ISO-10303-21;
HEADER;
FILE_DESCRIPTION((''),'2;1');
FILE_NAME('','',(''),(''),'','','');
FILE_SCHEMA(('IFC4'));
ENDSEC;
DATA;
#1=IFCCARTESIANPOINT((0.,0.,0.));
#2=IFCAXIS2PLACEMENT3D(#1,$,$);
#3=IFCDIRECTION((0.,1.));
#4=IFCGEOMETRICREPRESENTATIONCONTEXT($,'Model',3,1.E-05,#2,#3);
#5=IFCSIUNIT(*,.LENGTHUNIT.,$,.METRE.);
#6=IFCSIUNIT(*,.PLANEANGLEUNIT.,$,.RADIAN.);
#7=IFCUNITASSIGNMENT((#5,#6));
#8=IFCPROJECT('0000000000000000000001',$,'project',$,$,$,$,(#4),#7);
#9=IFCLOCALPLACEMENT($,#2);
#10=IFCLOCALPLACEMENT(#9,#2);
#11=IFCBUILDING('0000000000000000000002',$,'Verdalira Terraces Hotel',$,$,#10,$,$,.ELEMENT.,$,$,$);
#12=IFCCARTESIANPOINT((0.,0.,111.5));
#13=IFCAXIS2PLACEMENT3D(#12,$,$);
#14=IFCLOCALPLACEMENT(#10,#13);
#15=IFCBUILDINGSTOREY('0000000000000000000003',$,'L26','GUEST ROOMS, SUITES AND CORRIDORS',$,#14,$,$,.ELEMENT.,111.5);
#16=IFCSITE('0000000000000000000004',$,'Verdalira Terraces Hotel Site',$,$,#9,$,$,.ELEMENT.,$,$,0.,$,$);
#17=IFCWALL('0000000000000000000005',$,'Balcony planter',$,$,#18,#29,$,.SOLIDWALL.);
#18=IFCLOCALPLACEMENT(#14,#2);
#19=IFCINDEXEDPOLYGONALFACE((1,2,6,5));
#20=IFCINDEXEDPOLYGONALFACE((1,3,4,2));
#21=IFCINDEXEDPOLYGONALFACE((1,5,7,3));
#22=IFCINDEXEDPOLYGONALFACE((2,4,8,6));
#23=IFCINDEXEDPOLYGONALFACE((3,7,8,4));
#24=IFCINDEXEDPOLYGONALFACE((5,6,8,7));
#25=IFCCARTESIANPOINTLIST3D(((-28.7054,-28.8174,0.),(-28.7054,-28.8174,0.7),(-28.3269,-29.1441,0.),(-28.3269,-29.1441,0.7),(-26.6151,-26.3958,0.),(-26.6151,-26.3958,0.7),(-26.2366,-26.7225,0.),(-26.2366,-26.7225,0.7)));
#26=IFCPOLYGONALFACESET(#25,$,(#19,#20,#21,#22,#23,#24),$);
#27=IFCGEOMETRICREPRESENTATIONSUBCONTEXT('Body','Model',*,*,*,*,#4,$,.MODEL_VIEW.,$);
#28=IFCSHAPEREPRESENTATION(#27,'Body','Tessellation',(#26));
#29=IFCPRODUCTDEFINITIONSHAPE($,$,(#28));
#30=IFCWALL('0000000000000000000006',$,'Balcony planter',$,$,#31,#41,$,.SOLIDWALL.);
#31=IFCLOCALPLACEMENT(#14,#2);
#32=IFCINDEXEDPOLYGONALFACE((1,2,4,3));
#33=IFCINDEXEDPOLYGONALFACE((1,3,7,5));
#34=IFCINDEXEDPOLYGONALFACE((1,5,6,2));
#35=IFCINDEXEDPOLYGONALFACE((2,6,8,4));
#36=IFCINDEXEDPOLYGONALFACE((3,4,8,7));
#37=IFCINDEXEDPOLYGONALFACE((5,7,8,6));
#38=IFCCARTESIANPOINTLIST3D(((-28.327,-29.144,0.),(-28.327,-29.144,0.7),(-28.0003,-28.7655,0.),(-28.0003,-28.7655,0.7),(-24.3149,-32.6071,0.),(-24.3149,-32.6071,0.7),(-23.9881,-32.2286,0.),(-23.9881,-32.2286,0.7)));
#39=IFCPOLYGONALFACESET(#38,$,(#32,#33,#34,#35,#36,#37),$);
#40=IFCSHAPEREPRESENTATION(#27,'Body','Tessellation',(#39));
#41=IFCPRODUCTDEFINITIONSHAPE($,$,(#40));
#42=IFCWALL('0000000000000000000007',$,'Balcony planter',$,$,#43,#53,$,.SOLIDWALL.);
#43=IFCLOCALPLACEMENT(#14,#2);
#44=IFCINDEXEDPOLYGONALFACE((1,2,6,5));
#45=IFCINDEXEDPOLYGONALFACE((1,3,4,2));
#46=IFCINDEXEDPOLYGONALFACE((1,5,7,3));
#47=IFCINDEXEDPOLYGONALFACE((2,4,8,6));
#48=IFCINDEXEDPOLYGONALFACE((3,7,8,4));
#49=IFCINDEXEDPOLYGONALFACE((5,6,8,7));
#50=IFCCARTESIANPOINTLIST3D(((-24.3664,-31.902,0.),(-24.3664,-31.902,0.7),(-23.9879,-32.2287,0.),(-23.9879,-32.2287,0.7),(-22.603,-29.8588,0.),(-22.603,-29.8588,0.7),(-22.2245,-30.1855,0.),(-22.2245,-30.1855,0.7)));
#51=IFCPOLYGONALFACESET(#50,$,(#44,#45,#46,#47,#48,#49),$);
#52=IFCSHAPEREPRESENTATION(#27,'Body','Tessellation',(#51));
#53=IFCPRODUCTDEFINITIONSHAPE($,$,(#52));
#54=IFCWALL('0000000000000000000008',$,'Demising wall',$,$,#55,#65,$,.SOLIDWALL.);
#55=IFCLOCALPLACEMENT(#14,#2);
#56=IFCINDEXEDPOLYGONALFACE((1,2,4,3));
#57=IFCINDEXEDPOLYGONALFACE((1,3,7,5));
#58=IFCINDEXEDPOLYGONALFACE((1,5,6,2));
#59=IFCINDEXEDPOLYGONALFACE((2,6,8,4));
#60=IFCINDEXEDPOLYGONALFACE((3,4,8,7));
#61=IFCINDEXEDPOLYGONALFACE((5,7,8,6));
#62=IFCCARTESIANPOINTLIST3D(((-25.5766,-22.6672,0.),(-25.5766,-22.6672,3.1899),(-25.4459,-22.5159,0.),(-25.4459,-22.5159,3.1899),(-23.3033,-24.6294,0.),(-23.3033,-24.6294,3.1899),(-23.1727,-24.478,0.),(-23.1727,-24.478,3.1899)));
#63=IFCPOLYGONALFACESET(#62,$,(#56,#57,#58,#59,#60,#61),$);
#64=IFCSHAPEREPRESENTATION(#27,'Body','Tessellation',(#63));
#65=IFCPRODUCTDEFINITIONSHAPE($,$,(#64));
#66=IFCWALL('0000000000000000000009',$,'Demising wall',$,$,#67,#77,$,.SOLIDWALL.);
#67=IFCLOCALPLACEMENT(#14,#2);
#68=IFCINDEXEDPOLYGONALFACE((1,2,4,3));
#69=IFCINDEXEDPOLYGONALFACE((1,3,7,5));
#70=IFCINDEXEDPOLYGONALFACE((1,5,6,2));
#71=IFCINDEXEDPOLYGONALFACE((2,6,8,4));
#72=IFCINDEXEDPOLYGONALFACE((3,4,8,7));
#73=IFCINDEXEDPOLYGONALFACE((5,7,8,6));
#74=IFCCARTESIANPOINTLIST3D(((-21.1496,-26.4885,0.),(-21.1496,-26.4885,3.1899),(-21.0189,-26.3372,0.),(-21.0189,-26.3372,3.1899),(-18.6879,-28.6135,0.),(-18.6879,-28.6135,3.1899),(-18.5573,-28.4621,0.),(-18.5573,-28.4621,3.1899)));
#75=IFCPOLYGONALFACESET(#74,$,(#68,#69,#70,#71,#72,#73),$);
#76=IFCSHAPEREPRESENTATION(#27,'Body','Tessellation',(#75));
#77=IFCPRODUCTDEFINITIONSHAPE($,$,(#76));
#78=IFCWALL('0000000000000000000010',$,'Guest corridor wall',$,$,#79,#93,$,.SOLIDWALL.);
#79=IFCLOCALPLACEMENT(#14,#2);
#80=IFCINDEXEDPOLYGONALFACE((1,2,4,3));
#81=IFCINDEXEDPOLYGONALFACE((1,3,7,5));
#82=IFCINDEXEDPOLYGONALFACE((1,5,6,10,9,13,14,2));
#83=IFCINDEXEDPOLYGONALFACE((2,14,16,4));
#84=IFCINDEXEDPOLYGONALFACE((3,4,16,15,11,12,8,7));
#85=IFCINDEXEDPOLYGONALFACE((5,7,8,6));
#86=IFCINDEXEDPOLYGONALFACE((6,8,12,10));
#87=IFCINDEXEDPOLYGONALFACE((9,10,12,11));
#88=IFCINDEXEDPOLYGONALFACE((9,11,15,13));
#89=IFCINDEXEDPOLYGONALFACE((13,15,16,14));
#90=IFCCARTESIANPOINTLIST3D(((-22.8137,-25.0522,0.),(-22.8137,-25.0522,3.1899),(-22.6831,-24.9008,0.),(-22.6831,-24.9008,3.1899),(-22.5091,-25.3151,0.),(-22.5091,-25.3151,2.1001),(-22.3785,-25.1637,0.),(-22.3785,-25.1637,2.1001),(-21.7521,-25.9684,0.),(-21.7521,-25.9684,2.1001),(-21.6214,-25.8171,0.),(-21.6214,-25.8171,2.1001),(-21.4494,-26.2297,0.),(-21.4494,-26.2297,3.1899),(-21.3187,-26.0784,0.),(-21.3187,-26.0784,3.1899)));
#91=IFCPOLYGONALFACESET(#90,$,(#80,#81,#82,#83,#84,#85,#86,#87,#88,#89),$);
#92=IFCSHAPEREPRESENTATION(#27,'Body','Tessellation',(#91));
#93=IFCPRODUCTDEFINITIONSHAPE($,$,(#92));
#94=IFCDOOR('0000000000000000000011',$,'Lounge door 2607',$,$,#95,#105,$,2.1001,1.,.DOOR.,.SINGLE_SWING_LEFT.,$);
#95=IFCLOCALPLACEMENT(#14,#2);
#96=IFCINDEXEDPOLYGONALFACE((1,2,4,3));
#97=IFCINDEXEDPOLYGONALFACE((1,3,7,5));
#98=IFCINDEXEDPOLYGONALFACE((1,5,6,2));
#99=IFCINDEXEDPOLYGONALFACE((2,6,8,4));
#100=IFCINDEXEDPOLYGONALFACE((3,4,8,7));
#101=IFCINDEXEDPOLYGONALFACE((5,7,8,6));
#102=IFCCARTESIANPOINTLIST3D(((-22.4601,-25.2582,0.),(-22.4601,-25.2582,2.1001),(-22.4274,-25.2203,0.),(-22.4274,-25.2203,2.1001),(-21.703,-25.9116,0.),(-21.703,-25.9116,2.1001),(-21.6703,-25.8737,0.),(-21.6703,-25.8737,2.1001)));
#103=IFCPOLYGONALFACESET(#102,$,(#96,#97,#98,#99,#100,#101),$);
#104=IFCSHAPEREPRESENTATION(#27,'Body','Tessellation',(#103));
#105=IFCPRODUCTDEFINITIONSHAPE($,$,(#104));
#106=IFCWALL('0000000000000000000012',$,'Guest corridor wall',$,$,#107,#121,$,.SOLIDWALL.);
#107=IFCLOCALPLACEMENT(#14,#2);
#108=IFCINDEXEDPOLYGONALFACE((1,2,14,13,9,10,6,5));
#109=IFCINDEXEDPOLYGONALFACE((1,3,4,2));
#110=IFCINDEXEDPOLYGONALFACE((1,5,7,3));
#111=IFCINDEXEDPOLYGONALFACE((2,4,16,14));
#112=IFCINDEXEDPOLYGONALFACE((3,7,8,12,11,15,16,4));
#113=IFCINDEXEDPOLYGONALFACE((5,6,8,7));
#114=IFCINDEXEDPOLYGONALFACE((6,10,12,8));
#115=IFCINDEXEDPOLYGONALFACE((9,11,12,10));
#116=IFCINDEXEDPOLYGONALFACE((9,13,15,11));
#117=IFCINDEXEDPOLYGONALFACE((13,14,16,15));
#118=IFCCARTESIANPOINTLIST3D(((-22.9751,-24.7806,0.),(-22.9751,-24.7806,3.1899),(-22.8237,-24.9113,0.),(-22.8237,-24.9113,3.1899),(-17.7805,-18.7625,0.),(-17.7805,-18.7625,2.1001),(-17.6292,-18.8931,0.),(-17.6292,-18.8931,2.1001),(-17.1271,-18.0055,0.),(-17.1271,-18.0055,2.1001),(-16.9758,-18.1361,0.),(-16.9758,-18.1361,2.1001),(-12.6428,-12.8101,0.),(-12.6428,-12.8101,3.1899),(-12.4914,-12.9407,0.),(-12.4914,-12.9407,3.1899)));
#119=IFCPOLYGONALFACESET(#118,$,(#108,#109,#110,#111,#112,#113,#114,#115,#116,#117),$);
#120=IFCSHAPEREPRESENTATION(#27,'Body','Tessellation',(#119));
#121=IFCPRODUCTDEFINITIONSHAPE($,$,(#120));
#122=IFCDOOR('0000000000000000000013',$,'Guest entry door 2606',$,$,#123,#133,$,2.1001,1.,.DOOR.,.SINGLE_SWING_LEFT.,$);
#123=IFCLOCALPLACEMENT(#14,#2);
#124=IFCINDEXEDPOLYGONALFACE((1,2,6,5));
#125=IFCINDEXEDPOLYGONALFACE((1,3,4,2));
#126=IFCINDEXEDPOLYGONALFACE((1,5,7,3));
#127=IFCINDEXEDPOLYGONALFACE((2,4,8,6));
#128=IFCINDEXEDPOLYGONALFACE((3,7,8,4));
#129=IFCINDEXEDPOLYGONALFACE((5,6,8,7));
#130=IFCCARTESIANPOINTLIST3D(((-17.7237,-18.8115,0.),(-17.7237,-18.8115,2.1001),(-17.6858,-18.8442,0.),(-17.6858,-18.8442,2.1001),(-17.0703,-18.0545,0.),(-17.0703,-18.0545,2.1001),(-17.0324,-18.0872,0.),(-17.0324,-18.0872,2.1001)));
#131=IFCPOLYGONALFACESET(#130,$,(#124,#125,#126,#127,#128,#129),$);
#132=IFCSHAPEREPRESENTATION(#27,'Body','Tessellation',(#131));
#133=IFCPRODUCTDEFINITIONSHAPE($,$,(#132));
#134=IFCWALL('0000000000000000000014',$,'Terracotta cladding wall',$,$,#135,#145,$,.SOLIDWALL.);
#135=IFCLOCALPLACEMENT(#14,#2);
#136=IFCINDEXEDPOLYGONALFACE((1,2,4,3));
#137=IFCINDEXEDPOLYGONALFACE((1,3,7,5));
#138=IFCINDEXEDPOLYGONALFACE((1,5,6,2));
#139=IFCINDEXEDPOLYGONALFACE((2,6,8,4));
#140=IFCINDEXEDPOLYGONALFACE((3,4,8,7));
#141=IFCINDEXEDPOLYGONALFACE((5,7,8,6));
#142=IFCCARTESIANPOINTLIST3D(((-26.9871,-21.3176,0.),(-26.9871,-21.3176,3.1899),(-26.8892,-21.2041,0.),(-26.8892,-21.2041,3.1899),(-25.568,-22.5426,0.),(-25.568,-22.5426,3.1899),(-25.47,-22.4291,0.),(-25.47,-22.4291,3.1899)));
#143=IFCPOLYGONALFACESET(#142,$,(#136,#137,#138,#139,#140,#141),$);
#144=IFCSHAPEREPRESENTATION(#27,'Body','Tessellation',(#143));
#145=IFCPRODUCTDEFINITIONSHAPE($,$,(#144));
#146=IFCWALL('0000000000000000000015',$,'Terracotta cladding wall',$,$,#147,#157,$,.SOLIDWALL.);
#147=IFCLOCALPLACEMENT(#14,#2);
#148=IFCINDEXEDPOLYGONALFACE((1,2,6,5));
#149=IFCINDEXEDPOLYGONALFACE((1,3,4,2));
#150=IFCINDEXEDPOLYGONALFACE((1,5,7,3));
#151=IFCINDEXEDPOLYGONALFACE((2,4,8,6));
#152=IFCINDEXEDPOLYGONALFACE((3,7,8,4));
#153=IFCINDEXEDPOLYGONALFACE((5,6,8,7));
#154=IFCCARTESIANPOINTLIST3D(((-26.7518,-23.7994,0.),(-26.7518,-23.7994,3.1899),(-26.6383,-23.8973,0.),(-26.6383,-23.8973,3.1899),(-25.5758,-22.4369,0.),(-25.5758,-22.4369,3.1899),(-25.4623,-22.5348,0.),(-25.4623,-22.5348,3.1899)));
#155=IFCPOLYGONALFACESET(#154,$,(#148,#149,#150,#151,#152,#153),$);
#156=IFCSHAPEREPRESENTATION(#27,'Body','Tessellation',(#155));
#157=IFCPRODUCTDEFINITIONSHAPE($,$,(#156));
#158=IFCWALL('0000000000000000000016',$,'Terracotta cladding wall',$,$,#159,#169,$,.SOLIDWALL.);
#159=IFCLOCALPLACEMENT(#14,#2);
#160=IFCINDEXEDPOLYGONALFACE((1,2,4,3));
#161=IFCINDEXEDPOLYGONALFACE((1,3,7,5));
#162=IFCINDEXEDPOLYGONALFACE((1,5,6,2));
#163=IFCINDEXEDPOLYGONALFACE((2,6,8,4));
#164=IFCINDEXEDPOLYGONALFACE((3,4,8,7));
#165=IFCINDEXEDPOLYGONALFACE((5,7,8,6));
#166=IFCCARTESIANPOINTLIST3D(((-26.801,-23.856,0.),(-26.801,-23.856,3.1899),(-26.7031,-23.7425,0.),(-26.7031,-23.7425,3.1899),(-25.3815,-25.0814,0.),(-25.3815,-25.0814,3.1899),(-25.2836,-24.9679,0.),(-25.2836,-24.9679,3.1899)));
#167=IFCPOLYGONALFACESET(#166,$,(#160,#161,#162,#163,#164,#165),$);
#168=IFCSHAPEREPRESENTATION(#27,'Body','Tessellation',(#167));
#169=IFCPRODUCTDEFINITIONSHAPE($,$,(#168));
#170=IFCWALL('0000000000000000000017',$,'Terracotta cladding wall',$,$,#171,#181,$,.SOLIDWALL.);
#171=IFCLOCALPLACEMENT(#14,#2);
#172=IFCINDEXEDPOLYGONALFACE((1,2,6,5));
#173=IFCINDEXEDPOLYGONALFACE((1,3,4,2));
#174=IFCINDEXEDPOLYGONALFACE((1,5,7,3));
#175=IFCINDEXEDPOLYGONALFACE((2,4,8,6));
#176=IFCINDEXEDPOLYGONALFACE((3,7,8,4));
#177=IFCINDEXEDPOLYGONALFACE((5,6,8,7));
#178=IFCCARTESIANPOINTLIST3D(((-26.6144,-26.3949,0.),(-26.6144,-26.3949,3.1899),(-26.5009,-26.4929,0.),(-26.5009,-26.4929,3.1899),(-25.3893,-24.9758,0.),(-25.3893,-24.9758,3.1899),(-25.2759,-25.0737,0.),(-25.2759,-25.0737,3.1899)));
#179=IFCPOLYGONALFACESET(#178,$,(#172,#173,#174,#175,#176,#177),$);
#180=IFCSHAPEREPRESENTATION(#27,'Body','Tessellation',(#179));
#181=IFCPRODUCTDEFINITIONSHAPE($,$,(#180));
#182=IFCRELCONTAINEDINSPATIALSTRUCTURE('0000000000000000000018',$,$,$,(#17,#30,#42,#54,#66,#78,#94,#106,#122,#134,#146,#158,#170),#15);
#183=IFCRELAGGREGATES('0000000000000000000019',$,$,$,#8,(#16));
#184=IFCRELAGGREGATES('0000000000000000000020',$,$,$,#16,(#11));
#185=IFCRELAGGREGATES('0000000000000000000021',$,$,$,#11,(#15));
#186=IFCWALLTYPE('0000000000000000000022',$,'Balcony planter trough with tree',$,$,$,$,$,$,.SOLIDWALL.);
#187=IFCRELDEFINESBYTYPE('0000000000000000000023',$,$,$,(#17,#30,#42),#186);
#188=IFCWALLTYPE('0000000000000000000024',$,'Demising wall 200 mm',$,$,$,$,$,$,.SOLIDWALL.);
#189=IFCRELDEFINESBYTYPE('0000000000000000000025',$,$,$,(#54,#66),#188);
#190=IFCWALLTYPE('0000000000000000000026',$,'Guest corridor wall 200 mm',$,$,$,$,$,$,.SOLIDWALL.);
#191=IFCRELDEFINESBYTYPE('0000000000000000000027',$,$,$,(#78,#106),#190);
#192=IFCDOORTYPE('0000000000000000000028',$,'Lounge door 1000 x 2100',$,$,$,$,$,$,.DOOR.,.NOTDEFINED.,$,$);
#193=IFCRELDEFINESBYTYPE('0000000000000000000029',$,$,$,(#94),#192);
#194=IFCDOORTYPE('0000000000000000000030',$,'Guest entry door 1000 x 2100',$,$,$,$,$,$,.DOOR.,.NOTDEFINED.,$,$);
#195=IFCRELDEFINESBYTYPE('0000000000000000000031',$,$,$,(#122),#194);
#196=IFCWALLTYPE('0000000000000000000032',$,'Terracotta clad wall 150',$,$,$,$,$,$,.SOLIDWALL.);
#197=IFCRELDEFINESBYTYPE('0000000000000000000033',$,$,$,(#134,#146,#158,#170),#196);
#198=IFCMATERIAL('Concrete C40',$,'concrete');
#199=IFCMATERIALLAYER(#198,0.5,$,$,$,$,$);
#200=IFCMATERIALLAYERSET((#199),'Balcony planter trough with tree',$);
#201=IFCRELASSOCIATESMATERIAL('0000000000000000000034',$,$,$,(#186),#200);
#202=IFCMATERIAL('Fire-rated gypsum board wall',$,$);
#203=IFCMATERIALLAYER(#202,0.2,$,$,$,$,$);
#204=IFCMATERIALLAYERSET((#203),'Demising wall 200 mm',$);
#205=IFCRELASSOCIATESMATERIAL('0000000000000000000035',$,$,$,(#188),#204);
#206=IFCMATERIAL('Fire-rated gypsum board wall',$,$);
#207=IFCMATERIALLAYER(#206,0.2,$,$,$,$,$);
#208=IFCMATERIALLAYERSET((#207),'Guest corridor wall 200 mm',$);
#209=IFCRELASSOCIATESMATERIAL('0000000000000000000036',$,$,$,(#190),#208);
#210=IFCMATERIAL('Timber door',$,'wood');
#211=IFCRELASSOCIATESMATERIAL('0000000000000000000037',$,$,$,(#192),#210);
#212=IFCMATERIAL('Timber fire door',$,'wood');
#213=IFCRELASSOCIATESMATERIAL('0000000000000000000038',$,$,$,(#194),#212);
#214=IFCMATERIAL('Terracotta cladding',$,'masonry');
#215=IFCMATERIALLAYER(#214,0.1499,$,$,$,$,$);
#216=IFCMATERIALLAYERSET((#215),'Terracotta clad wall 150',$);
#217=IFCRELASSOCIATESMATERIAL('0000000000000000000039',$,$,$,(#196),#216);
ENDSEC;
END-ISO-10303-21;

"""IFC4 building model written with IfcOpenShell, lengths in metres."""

from ifc_helpers import new_model, si_unit, direction, frame, frame_2d, origin, place, context, subcontext, project, spatial, rectangle, extrude, material, layer, layer_set, type_object, element, fill, save


model = new_model("IFC4")

# Units and contexts
model_context = context("Model", 3, precision=1e-05, world=origin(), true_north=direction((0.0, 1.0)))
body_context = subcontext(model_context, "Body", "Model", "MODEL_VIEW")
ifc_project = project(units=[si_unit("LENGTHUNIT", "METRE"), si_unit("PLANEANGLEUNIT", "RADIAN")], contexts=[model_context])

# Site, building, storey
site_placement = place(None, origin())
site = spatial("IfcSite", under=ifc_project, at=site_placement, Name="Verdalira Terraces Hotel Site", CompositionType="ELEMENT", RefElevation=0.0)
building_placement = place(site_placement, origin())
building = spatial("IfcBuilding", under=site, at=building_placement, Name="Verdalira Terraces Hotel", CompositionType="ELEMENT")
storey_placement = place(building_placement, frame((0.0, 0.0, 111.5)))
storey = spatial("IfcBuildingStorey", under=building, at=storey_placement, Name="L26", Description="GUEST ROOMS, SUITES AND CORRIDORS", CompositionType="ELEMENT", Elevation=111.5)

# Walls
ifc_material_1 = material(Name="Concrete C40", Category="concrete")
ifc_layer_1 = layer(ifc_material_1, 0.5)
ifc_layer_set_1 = layer_set([ifc_layer_1], Name="Balcony planter trough with tree")
wall_type_1 = type_object("IfcWallType", Name="Balcony planter trough with tree", PredefinedType="SOLIDWALL", material=ifc_layer_set_1)
wall_1_placement = place(storey_placement, frame((-26.4258, -26.5591, 0.0), z_axis=(0.0, 0.0, 1.0), x_axis=(-0.653427, -0.756989, 0.0)))
element("IfcWall", 1, at=wall_1_placement, inside=storey, type_object=wall_type_1, Name="Balcony planter", PredefinedType="SOLIDWALL", context=body_context, shape_type="SweptSolid", body=[
    extrude(rectangle(XDim=3.199, YDim=0.5, at=frame_2d((1.5996, 0.0))), origin(), (0.0, 0.0, 1.0), 0.7),
])
wall_2_placement = place(storey_placement, frame((-28.1636, -28.9548, 0.0), z_axis=(0.0, 0.0, 1.0), x_axis=(0.757005, -0.653409, 0.0)))
element("IfcWall", 2, at=wall_2_placement, inside=storey, type_object=wall_type_1, Name="Balcony planter", PredefinedType="SOLIDWALL", context=body_context, shape_type="SweptSolid", body=[
    extrude(rectangle(XDim=5.3, YDim=0.5, at=frame_2d((2.6499, 0.0))), origin(), (0.0, 0.0, 1.0), 0.7),
])
wall_3_placement = place(storey_placement, frame((-24.1772, -32.0654, 0.0), z_axis=(0.0, 0.0, 1.0), x_axis=(0.653373, 0.757037, 0.0)))
element("IfcWall", 3, at=wall_3_placement, inside=storey, type_object=wall_type_1, Name="Balcony planter", PredefinedType="SOLIDWALL", context=body_context, shape_type="SweptSolid", body=[
    extrude(rectangle(XDim=2.699, YDim=0.5, at=frame_2d((1.3496, 0.0))), origin(), (0.0, 0.0, 1.0), 0.7),
])
ifc_material_2 = material(Name="Fire-rated gypsum board wall")
ifc_layer_2 = layer(ifc_material_2, 0.2)
ifc_layer_set_2 = layer_set([ifc_layer_2], Name="Demising wall 200 mm")
wall_type_2 = type_object("IfcWallType", Name="Demising wall 200 mm", PredefinedType="SOLIDWALL", material=ifc_layer_set_2)
wall_4_placement = place(storey_placement, frame((-25.5112, -22.5916, 0.0), z_axis=(0.0, 0.0, 1.0), x_axis=(0.756997, -0.653419, 0.0)))
element("IfcWall", 4, at=wall_4_placement, inside=storey, type_object=wall_type_2, Name="Demising wall", PredefinedType="SOLIDWALL", context=body_context, shape_type="SweptSolid", body=[
    extrude(rectangle(XDim=3.0029, YDim=0.2, at=frame_2d((1.5015, 0.0))), origin(), (0.0, 0.0, 1.0), 3.1899),
])
wall_5_placement = place(storey_placement, frame((-21.0842, -26.4128, 0.0), z_axis=(0.0, 0.0, 1.0), x_axis=(0.756973, -0.653446, 0.0)))
element("IfcWall", 5, at=wall_5_placement, inside=storey, type_object=wall_type_2, Name="Demising wall", PredefinedType="SOLIDWALL", context=body_context, shape_type="SweptSolid", body=[
    extrude(rectangle(XDim=3.252, YDim=0.2, at=frame_2d((1.626, 0.0))), origin(), (0.0, 0.0, 1.0), 3.1899),
])

# Walls, openings, doors
ifc_material_3 = material(Name="Fire-rated gypsum board wall")
ifc_layer_3 = layer(ifc_material_3, 0.2)
ifc_layer_set_3 = layer_set([ifc_layer_3], Name="Guest corridor wall 200 mm")
wall_type_3 = type_object("IfcWallType", Name="Guest corridor wall 200 mm", PredefinedType="SOLIDWALL", material=ifc_layer_set_3)
wall_6_placement = place(storey_placement, frame((-21.384, -26.1541, 0.0), z_axis=(0.0, 0.0, 1.0), x_axis=(-0.757024, 0.653387, 0.0)))
wall_6 = element("IfcWall", 6, at=wall_6_placement, inside=storey, type_object=wall_type_3, Name="Guest corridor wall", PredefinedType="SOLIDWALL", context=body_context, shape_type="SweptSolid", body=[
    extrude(rectangle(XDim=1.8022, YDim=0.2, at=frame_2d((0.9011, 0.0))), origin(), (0.0, 0.0, 1.0), 3.1899),
])
opening_1_placement = place(wall_6_placement, frame((0.3999, 0.0, 0.0)))
opening_1 = element("IfcOpeningElement", 7, at=opening_1_placement, cuts=wall_6, PredefinedType="OPENING", context=body_context, shape_type="SweptSolid", body=[
    extrude(rectangle(XDim=1.0, YDim=2.1001, at=frame_2d((0.5, 1.05))), frame((0.0, 0.1099, 0.0), z_axis=(0.0, -1.0, 0.0), x_axis=(1.0, 0.0, 0.0)), (0.0, 0.0, 1.0), 0.22),
])
ifc_material_4 = material(Name="Timber door", Category="wood")
door_type_1 = type_object("IfcDoorType", Name="Lounge door 1000 x 2100", OperationType="NOTDEFINED", PredefinedType="DOOR", material=ifc_material_4)
door_1_placement = place(opening_1_placement, origin())
door_1 = element("IfcDoor", 8, at=door_1_placement, inside=storey, type_object=door_type_1, Name="Lounge door 2607", OperationType="SINGLE_SWING_LEFT", OverallHeight=2.1001, OverallWidth=1.0, PredefinedType="DOOR", context=body_context, shape_type="SweptSolid", body=[
    extrude(rectangle(XDim=1.0, YDim=2.1001, at=frame_2d((0.5, 1.05))), frame((0.0, 0.0249, 0.0), z_axis=(0.0, -1.0, 0.0), x_axis=(1.0, 0.0, 0.0)), (0.0, 0.0, 1.0), 0.05),
])
fill(opening_1, door_1)
wall_7_placement = place(storey_placement, frame((-22.8994, -24.8459, 0.0), z_axis=(0.0, 0.0, 1.0), x_axis=(0.653408, 0.757006, 0.0)))
wall_7 = element("IfcWall", 9, at=wall_7_placement, inside=storey, type_object=wall_type_3, Name="Guest corridor wall", PredefinedType="SOLIDWALL", context=body_context, shape_type="SweptSolid", body=[
    extrude(rectangle(XDim=15.813, YDim=0.2, at=frame_2d((7.9065, 0.0))), origin(), (0.0, 0.0, 1.0), 3.1899),
])
opening_2_placement = place(wall_7_placement, frame((7.95, 0.0, 0.0)))
opening_2 = element("IfcOpeningElement", 10, at=opening_2_placement, cuts=wall_7, PredefinedType="OPENING", context=body_context, shape_type="SweptSolid", body=[
    extrude(rectangle(XDim=1.0, YDim=2.1001, at=frame_2d((0.5, 1.05))), frame((0.0, 0.1099, 0.0), z_axis=(0.0, -1.0, 0.0), x_axis=(1.0, 0.0, 0.0)), (0.0, 0.0, 1.0), 0.22),
])
ifc_material_5 = material(Name="Timber fire door", Category="wood")
door_type_2 = type_object("IfcDoorType", Name="Guest entry door 1000 x 2100", OperationType="NOTDEFINED", PredefinedType="DOOR", material=ifc_material_5)
door_2_placement = place(opening_2_placement, origin())
door_2 = element("IfcDoor", 11, at=door_2_placement, inside=storey, type_object=door_type_2, Name="Guest entry door 2606", OperationType="SINGLE_SWING_LEFT", OverallHeight=2.1001, OverallWidth=1.0, PredefinedType="DOOR", context=body_context, shape_type="SweptSolid", body=[
    extrude(rectangle(XDim=1.0, YDim=2.1001, at=frame_2d((0.5, 1.05))), frame((0.0, 0.0249, 0.0), z_axis=(0.0, -1.0, 0.0), x_axis=(1.0, 0.0, 0.0)), (0.0, 0.0, 1.0), 0.05),
])
fill(opening_2, door_2)

# Walls
ifc_material_6 = material(Name="Terracotta cladding", Category="masonry")
ifc_layer_4 = layer(ifc_material_6, 0.1499)
ifc_layer_set_4 = layer_set([ifc_layer_4], Name="Terracotta clad wall 150")
wall_type_4 = type_object("IfcWallType", Name="Terracotta clad wall 150", PredefinedType="SOLIDWALL", material=ifc_layer_set_4)
wall_8_placement = place(storey_placement, frame((-26.9382, -21.2607, 0.0), z_axis=(0.0, 0.0, 1.0), x_axis=(0.756972, -0.653447, 0.0)))
element("IfcWall", 12, at=wall_8_placement, inside=storey, type_object=wall_type_4, Name="Terracotta cladding wall", PredefinedType="SOLIDWALL", context=body_context, shape_type="SweptSolid", body=[
    extrude(rectangle(XDim=1.8748, YDim=0.1499, at=frame_2d((0.9375, 0.0))), origin(), (0.0, 0.0, 1.0), 3.1899),
])
wall_9_placement = place(storey_placement, frame((-25.519, -22.4858, 0.0), z_axis=(0.0, 0.0, 1.0), x_axis=(-0.65339, -0.757021, 0.0)))
element("IfcWall", 13, at=wall_9_placement, inside=storey, type_object=wall_type_4, Name="Terracotta cladding wall", PredefinedType="SOLIDWALL", context=body_context, shape_type="SweptSolid", body=[
    extrude(rectangle(XDim=1.7998, YDim=0.1499, at=frame_2d((0.8999, 0.0))), origin(), (0.0, 0.0, 1.0), 3.1899),
])
wall_10_placement = place(storey_placement, frame((-26.752, -23.7993, 0.0), z_axis=(0.0, 0.0, 1.0), x_axis=(0.756964, -0.653457, 0.0)))
element("IfcWall", 14, at=wall_10_placement, inside=storey, type_object=wall_type_4, Name="Terracotta cladding wall", PredefinedType="SOLIDWALL", context=body_context, shape_type="SweptSolid", body=[
    extrude(rectangle(XDim=1.8752, YDim=0.1499, at=frame_2d((0.9375, 0.0))), origin(), (0.0, 0.0, 1.0), 3.1899),
])
wall_11_placement = place(storey_placement, frame((-25.3325, -25.0247, 0.0), z_axis=(0.0, 0.0, 1.0), x_axis=(-0.653447, -0.756972, 0.0)))
element("IfcWall", 15, at=wall_11_placement, inside=storey, type_object=wall_type_4, Name="Terracotta cladding wall", PredefinedType="SOLIDWALL", context=body_context, shape_type="SweptSolid", body=[
    extrude(rectangle(XDim=1.8748, YDim=0.1499, at=frame_2d((0.9375, 0.0))), origin(), (0.0, 0.0, 1.0), 3.1899),
])

save(model, "model.ifc")
